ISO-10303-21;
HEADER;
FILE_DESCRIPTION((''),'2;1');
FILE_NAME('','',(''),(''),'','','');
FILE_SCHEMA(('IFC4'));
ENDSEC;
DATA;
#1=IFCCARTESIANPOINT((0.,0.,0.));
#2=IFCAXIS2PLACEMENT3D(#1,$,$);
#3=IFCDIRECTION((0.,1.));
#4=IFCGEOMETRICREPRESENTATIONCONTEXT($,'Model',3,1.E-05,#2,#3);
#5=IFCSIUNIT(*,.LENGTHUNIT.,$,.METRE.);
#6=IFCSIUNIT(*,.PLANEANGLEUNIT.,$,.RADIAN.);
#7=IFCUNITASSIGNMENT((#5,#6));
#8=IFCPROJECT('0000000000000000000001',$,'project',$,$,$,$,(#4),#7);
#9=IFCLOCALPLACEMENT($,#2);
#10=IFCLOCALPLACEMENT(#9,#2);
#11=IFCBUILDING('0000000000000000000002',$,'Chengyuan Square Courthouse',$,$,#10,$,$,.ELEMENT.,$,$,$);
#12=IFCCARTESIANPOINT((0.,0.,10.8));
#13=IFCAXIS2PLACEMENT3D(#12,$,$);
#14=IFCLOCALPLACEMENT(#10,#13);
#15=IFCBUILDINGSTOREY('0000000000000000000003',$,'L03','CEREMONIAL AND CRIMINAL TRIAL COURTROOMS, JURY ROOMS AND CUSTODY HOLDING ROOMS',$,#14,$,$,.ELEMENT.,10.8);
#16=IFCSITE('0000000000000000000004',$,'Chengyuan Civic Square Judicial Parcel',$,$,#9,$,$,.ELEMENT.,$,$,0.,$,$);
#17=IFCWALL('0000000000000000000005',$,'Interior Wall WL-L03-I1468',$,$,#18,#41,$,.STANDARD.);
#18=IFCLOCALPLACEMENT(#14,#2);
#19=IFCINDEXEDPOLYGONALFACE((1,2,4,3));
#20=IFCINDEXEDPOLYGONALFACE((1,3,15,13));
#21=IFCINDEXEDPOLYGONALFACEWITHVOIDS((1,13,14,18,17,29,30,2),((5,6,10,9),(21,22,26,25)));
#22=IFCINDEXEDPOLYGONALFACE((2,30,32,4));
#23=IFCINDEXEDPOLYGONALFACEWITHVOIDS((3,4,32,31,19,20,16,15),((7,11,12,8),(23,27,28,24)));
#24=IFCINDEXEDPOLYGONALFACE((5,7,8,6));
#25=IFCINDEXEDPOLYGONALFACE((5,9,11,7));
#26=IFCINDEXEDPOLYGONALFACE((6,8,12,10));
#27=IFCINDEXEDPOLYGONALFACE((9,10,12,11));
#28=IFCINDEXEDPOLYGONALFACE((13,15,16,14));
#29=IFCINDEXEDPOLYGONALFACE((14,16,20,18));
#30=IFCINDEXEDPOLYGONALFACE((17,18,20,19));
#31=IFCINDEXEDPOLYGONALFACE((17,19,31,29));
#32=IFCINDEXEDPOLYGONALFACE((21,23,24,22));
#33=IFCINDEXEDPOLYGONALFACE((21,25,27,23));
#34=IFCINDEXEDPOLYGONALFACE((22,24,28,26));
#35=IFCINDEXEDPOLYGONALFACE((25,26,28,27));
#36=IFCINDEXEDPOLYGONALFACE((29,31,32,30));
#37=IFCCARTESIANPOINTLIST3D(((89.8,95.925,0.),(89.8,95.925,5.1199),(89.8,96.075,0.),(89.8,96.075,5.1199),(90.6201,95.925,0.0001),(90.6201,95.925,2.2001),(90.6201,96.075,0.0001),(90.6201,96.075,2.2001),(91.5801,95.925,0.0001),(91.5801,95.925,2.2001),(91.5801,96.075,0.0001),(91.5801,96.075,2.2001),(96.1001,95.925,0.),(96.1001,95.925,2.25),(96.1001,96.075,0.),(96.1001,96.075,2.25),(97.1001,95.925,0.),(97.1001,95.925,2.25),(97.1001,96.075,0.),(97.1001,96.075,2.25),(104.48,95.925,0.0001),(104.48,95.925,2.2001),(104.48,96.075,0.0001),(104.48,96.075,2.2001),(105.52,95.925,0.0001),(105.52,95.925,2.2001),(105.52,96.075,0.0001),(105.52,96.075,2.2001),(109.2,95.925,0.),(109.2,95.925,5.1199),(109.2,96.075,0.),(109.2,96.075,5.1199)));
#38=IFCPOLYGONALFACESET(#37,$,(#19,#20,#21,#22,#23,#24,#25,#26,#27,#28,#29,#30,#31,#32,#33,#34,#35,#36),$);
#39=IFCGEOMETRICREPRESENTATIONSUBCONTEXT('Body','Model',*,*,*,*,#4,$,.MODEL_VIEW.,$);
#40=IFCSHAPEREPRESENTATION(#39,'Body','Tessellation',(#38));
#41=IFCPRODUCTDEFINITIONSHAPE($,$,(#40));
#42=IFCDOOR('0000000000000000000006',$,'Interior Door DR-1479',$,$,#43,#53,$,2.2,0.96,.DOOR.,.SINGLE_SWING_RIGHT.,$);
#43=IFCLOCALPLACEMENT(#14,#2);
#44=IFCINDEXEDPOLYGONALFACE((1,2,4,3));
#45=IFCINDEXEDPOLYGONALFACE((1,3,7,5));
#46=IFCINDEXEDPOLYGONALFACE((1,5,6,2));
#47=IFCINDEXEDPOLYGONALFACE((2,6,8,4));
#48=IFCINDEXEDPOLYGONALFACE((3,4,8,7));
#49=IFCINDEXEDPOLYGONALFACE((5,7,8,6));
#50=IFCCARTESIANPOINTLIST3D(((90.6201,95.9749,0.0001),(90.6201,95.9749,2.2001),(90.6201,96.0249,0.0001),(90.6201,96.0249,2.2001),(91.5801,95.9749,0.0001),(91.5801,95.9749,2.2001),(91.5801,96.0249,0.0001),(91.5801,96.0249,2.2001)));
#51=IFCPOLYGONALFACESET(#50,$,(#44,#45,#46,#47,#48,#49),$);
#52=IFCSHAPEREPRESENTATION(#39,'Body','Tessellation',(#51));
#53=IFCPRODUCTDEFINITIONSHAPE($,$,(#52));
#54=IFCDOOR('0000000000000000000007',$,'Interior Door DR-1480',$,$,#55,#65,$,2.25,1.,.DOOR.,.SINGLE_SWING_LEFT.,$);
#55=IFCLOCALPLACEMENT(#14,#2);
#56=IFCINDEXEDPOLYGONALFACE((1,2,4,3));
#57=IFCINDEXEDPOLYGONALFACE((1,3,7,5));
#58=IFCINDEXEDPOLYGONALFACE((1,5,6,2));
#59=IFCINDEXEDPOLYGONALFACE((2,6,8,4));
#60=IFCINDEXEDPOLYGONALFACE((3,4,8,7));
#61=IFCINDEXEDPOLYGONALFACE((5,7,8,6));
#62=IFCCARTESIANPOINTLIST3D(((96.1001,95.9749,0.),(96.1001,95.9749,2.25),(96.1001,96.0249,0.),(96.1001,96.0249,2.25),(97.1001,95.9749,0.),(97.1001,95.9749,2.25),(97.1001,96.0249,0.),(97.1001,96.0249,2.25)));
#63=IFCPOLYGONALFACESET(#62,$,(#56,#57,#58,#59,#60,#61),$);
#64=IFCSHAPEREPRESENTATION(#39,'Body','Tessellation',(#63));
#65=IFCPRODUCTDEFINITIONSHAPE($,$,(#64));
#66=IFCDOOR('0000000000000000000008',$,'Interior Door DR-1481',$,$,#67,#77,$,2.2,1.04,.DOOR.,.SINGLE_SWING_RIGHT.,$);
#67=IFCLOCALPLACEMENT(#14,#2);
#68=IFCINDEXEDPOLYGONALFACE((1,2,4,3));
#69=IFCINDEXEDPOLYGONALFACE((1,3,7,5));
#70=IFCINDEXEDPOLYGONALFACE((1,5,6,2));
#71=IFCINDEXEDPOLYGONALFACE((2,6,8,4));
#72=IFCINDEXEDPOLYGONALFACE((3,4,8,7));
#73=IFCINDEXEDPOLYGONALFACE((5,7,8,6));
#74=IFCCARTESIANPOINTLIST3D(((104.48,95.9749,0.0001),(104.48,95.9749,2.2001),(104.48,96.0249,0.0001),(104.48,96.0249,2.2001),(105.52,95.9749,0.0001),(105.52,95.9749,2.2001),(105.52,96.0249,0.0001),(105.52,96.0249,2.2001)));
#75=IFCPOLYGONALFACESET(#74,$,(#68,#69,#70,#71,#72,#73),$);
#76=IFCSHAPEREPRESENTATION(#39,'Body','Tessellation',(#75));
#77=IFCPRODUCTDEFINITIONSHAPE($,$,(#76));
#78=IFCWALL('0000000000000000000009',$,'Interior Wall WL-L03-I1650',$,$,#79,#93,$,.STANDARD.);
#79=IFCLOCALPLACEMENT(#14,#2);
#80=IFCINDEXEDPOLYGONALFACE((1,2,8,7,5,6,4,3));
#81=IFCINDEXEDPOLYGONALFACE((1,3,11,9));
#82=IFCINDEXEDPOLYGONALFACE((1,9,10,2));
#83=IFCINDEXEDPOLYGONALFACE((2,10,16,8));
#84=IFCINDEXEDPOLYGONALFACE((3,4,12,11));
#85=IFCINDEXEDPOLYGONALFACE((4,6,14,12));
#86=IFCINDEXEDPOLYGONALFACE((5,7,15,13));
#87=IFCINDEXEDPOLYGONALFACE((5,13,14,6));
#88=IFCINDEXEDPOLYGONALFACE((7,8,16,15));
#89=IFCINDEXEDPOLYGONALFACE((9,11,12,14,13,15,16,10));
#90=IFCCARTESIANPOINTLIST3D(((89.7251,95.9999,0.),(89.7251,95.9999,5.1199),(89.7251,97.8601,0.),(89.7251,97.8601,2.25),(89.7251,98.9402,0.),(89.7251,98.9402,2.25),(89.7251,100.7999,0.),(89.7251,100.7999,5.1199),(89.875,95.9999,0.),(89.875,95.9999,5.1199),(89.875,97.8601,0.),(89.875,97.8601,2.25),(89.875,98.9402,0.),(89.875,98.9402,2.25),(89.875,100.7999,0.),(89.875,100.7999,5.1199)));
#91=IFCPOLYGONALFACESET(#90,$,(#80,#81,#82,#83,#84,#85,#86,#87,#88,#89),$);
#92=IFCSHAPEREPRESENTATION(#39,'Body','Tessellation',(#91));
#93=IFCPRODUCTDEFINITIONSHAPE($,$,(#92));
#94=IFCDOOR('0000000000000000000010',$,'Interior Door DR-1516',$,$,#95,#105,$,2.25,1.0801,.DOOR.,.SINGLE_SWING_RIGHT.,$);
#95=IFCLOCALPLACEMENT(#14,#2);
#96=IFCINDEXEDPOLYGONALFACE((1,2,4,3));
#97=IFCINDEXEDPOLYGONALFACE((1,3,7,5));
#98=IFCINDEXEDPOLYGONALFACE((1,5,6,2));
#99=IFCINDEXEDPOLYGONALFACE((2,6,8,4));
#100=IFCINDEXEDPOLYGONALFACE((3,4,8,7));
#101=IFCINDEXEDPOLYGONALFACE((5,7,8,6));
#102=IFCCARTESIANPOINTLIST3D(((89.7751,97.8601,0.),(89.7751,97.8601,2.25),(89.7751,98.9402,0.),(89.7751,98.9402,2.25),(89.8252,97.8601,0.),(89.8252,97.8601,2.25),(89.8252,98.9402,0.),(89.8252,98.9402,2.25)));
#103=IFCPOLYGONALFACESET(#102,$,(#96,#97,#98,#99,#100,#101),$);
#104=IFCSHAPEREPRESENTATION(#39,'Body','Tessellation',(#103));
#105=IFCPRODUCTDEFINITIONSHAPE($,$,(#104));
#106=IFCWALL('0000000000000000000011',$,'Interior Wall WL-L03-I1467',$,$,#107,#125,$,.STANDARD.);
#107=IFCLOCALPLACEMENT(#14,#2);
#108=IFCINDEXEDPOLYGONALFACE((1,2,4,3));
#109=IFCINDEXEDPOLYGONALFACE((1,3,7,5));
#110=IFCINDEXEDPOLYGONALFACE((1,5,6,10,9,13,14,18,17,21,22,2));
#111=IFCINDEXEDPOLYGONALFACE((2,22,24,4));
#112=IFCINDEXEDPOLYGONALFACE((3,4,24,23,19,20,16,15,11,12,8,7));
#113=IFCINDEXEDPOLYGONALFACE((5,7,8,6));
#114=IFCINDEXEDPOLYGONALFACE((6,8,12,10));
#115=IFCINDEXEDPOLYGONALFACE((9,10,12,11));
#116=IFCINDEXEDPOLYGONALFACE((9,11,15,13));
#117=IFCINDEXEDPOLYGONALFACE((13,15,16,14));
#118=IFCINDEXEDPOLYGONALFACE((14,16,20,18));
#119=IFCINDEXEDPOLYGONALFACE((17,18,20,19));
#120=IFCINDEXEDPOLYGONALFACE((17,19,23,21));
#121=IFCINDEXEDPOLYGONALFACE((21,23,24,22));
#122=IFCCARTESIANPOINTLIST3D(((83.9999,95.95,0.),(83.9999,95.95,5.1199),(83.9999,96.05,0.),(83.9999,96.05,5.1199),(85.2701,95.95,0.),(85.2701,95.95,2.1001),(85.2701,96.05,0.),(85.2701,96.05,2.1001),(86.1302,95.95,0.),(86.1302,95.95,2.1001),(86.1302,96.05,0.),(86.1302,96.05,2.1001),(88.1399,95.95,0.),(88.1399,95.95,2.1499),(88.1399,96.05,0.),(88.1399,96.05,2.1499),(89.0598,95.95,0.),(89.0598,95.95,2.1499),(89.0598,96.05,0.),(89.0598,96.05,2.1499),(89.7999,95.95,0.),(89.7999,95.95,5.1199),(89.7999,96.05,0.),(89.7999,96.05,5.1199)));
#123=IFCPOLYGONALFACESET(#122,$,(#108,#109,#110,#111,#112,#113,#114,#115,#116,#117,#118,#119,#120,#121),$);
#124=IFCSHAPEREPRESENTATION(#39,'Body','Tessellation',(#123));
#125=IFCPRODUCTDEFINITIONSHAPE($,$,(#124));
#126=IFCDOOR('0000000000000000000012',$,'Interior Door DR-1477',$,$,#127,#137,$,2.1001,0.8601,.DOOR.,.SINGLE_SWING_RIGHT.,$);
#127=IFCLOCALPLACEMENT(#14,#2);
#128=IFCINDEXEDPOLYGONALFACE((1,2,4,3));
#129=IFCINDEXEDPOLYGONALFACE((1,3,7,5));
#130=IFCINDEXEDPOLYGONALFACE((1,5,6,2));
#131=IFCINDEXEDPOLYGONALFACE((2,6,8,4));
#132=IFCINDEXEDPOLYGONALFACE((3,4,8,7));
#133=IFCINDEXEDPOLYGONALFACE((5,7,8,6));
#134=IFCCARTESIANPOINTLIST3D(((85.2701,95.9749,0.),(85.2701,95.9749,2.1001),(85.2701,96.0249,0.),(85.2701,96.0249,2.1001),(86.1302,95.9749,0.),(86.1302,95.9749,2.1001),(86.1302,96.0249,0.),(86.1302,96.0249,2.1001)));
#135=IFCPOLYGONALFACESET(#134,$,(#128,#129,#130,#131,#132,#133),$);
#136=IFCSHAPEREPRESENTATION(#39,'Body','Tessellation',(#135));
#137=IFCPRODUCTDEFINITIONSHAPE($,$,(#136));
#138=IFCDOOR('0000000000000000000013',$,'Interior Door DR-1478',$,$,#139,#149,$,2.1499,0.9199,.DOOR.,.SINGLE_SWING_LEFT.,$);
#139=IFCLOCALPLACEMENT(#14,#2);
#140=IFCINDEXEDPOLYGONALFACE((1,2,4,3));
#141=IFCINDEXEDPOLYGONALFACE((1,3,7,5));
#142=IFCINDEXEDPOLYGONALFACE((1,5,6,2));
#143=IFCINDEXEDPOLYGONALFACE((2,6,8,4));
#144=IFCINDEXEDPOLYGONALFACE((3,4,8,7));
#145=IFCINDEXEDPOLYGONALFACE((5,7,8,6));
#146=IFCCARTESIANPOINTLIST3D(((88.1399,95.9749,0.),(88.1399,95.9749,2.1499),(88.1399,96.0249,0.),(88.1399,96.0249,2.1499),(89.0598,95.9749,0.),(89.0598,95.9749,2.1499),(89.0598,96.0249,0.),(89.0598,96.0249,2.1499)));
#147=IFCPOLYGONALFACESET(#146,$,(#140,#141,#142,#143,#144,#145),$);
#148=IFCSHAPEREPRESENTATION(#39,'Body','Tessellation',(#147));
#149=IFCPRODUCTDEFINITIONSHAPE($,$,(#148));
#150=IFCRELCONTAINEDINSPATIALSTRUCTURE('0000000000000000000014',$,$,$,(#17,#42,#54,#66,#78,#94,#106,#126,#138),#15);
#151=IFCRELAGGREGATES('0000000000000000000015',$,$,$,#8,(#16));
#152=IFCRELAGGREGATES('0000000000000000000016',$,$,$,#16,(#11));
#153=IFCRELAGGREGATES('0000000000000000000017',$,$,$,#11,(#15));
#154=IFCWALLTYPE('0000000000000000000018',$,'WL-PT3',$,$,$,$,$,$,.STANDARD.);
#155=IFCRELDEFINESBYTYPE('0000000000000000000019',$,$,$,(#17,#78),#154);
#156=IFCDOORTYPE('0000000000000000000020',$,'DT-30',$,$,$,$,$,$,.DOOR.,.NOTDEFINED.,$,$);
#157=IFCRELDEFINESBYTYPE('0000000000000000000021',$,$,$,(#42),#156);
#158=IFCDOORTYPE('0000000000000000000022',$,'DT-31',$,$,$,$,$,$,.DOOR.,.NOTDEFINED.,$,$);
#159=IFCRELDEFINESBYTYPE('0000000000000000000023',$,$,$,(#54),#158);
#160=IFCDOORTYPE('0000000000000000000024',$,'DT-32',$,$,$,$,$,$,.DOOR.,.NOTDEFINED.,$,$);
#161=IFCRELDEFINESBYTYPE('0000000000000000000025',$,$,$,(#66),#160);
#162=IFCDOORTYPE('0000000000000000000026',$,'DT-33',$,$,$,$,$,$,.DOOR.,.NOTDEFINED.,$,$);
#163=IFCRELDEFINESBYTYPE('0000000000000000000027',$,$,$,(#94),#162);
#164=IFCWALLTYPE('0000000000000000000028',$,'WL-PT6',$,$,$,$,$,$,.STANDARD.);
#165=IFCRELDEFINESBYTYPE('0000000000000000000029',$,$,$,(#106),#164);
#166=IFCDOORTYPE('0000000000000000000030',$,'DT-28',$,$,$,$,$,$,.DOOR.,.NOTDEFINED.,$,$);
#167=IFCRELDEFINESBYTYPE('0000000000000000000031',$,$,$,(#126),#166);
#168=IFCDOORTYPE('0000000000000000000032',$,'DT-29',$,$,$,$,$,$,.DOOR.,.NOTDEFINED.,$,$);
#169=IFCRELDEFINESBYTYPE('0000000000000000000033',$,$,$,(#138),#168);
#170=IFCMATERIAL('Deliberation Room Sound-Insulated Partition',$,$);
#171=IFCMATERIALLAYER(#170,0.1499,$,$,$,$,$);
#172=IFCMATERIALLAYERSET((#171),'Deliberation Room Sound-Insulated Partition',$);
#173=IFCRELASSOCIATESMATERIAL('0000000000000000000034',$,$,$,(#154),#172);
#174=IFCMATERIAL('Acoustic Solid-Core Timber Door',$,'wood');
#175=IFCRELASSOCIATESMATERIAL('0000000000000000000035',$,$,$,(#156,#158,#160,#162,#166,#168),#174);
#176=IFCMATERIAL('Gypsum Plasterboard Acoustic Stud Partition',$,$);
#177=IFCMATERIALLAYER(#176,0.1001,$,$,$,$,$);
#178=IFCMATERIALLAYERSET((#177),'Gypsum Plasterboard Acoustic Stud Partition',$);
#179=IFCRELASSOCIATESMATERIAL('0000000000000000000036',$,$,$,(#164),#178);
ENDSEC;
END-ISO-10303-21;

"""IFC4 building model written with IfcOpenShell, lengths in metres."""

from ifc_helpers import new_model, si_unit, direction, frame, frame_2d, origin, place, context, subcontext, project, spatial, rectangle, extrude, material, layer, layer_set, type_object, element, fill, save


model = new_model("IFC4")

# Units and contexts
model_context = context("Model", 3, precision=1e-05, world=origin(), true_north=direction((0.0, 1.0)))
body_context = subcontext(model_context, "Body", "Model", "MODEL_VIEW")
ifc_project = project(units=[si_unit("LENGTHUNIT", "METRE"), si_unit("PLANEANGLEUNIT", "RADIAN")], contexts=[model_context])

# Site, building, storey
site_placement = place(None, origin())
site = spatial("IfcSite", under=ifc_project, at=site_placement, Name="Chengyuan Civic Square Judicial Parcel", CompositionType="ELEMENT", RefElevation=0.0)
building_placement = place(site_placement, origin())
building = spatial("IfcBuilding", under=site, at=building_placement, Name="Chengyuan Square Courthouse", CompositionType="ELEMENT")
storey_placement = place(building_placement, frame((0.0, 0.0, 10.8)))
storey = spatial("IfcBuildingStorey", under=building, at=storey_placement, Name="L03", Description="CEREMONIAL AND CRIMINAL TRIAL COURTROOMS, JURY ROOMS AND CUSTODY HOLDING ROOMS", CompositionType="ELEMENT", Elevation=10.8)

# Wall, openings, doors
ifc_material_1 = material(Name="Deliberation Room Sound-Insulated Partition")
ifc_layer_1 = layer(ifc_material_1, 0.1499)
ifc_layer_set_1 = layer_set([ifc_layer_1], Name="Deliberation Room Sound-Insulated Partition")
wall_type_1 = type_object("IfcWallType", Name="WL-PT3", PredefinedType="STANDARD", material=ifc_layer_set_1)
wall_1_placement = place(storey_placement, frame((89.8, 96.0, 0.0), z_axis=(0.0, 0.0, 1.0), x_axis=(1.0, 0.0, 0.0)))
wall_1 = element("IfcWall", 1, at=wall_1_placement, inside=storey, type_object=wall_type_1, Name="Interior Wall WL-L03-I1468", PredefinedType="STANDARD", context=body_context, shape_type="SweptSolid", body=[
    extrude(rectangle(XDim=19.3999, YDim=0.1499, at=frame_2d((9.7, 0.0))), origin(), (0.0, 0.0, 1.0), 5.1199),
])
opening_1_placement = place(wall_1_placement, frame((0.8201, 0.0, 0.0)))
opening_1 = element("IfcOpeningElement", 2, at=opening_1_placement, cuts=wall_1, PredefinedType="OPENING", context=body_context, shape_type="SweptSolid", body=[
    extrude(rectangle(XDim=0.96, YDim=2.2, at=frame_2d((0.48, 1.1001))), frame((0.0, 0.0869, 0.0), z_axis=(0.0, -1.0, 0.0), x_axis=(1.0, 0.0, 0.0)), (0.0, 0.0, 1.0), 0.1738),
])
opening_2_placement = place(wall_1_placement, frame((6.3, 0.0, 0.0)))
opening_2 = element("IfcOpeningElement", 3, at=opening_2_placement, cuts=wall_1, PredefinedType="OPENING", context=body_context, shape_type="SweptSolid", body=[
    extrude(rectangle(XDim=1.0, YDim=2.25, at=frame_2d((0.5, 1.125))), frame((0.0, 0.0869, 0.0), z_axis=(0.0, -1.0, 0.0), x_axis=(1.0, 0.0, 0.0)), (0.0, 0.0, 1.0), 0.1738),
])
opening_3_placement = place(wall_1_placement, frame((14.6799, 0.0, 0.0)))
opening_3 = element("IfcOpeningElement", 4, at=opening_3_placement, cuts=wall_1, PredefinedType="OPENING", context=body_context, shape_type="SweptSolid", body=[
    extrude(rectangle(XDim=1.04, YDim=2.2, at=frame_2d((0.52, 1.1001))), frame((0.0, 0.0869, 0.0), z_axis=(0.0, -1.0, 0.0), x_axis=(1.0, 0.0, 0.0)), (0.0, 0.0, 1.0), 0.1738),
])
ifc_material_2 = material(Name="Acoustic Solid-Core Timber Door", Category="wood")
door_type_1 = type_object("IfcDoorType", Name="DT-30", OperationType="NOTDEFINED", PredefinedType="DOOR", material=ifc_material_2)
door_1_placement = place(opening_1_placement, origin())
door_1 = element("IfcDoor", 5, at=door_1_placement, inside=storey, type_object=door_type_1, Name="Interior Door DR-1479", OperationType="SINGLE_SWING_RIGHT", OverallHeight=2.2, OverallWidth=0.96, PredefinedType="DOOR", context=body_context, shape_type="SweptSolid", body=[
    extrude(rectangle(XDim=0.96, YDim=2.2, at=frame_2d((0.48, 1.1001))), frame((0.0, 0.0249, 0.0), z_axis=(0.0, -1.0, 0.0), x_axis=(1.0, 0.0, 0.0)), (0.0, 0.0, 1.0), 0.05),
])
fill(opening_1, door_1)
door_type_2 = type_object("IfcDoorType", Name="DT-31", OperationType="NOTDEFINED", PredefinedType="DOOR", material=ifc_material_2)
door_2_placement = place(opening_2_placement, origin())
door_2 = element("IfcDoor", 6, at=door_2_placement, inside=storey, type_object=door_type_2, Name="Interior Door DR-1480", OperationType="SINGLE_SWING_LEFT", OverallHeight=2.25, OverallWidth=1.0, PredefinedType="DOOR", context=body_context, shape_type="SweptSolid", body=[
    extrude(rectangle(XDim=1.0, YDim=2.25, at=frame_2d((0.5, 1.125))), frame((0.0, 0.0249, 0.0), z_axis=(0.0, -1.0, 0.0), x_axis=(1.0, 0.0, 0.0)), (0.0, 0.0, 1.0), 0.05),
])
fill(opening_2, door_2)
door_type_3 = type_object("IfcDoorType", Name="DT-32", OperationType="NOTDEFINED", PredefinedType="DOOR", material=ifc_material_2)
door_3_placement = place(opening_3_placement, origin())
door_3 = element("IfcDoor", 7, at=door_3_placement, inside=storey, type_object=door_type_3, Name="Interior Door DR-1481", OperationType="SINGLE_SWING_RIGHT", OverallHeight=2.2, OverallWidth=1.04, PredefinedType="DOOR", context=body_context, shape_type="SweptSolid", body=[
    extrude(rectangle(XDim=1.04, YDim=2.2, at=frame_2d((0.52, 1.1001))), frame((0.0, 0.0249, 0.0), z_axis=(0.0, -1.0, 0.0), x_axis=(1.0, 0.0, 0.0)), (0.0, 0.0, 1.0), 0.05),
])
fill(opening_3, door_3)

# Wall, opening, door
wall_2_placement = place(storey_placement, frame((89.8, 96.0, 0.0), z_axis=(0.0, 0.0, 1.0), x_axis=(0.0, 1.0, 0.0)))
wall_2 = element("IfcWall", 8, at=wall_2_placement, inside=storey, type_object=wall_type_1, Name="Interior Wall WL-L03-I1650", PredefinedType="STANDARD", context=body_context, shape_type="SweptSolid", body=[
    extrude(rectangle(XDim=4.8, YDim=0.1499, at=frame_2d((2.3999, 0.0))), origin(), (0.0, 0.0, 1.0), 5.1199),
])
opening_4_placement = place(wall_2_placement, frame((1.8601, 0.0, 0.0)))
opening_4 = element("IfcOpeningElement", 9, at=opening_4_placement, cuts=wall_2, PredefinedType="OPENING", context=body_context, shape_type="SweptSolid", body=[
    extrude(rectangle(XDim=1.0801, YDim=2.25, at=frame_2d((0.54, 1.125))), frame((0.0, 0.0869, 0.0), z_axis=(0.0, -1.0, 0.0), x_axis=(1.0, 0.0, 0.0)), (0.0, 0.0, 1.0), 0.1738),
])
door_type_4 = type_object("IfcDoorType", Name="DT-33", OperationType="NOTDEFINED", PredefinedType="DOOR", material=ifc_material_2)
door_4_placement = place(opening_4_placement, origin())
door_4 = element("IfcDoor", 10, at=door_4_placement, inside=storey, type_object=door_type_4, Name="Interior Door DR-1516", OperationType="SINGLE_SWING_RIGHT", OverallHeight=2.25, OverallWidth=1.0801, PredefinedType="DOOR", context=body_context, shape_type="SweptSolid", body=[
    extrude(rectangle(XDim=1.0801, YDim=2.25, at=frame_2d((0.54, 1.125))), frame((0.0, 0.0249, 0.0), z_axis=(0.0, -1.0, 0.0), x_axis=(1.0, 0.0, 0.0)), (0.0, 0.0, 1.0), 0.05),
])
fill(opening_4, door_4)

# Wall, openings, doors
ifc_material_3 = material(Name="Gypsum Plasterboard Acoustic Stud Partition")
ifc_layer_2 = layer(ifc_material_3, 0.1001)
ifc_layer_set_2 = layer_set([ifc_layer_2], Name="Gypsum Plasterboard Acoustic Stud Partition")
wall_type_2 = type_object("IfcWallType", Name="WL-PT6", PredefinedType="STANDARD", material=ifc_layer_set_2)
wall_3_placement = place(storey_placement, frame((84.0, 96.0, 0.0), z_axis=(0.0, 0.0, 1.0), x_axis=(1.0, 0.0, 0.0)))
wall_3 = element("IfcWall", 11, at=wall_3_placement, inside=storey, type_object=wall_type_2, Name="Interior Wall WL-L03-I1467", PredefinedType="STANDARD", context=body_context, shape_type="SweptSolid", body=[
    extrude(rectangle(XDim=5.8, YDim=0.1001, at=frame_2d((2.8999, 0.0))), origin(), (0.0, 0.0, 1.0), 5.1199),
])
opening_5_placement = place(wall_3_placement, frame((1.27, 0.0, 0.0)))
opening_5 = element("IfcOpeningElement", 12, at=opening_5_placement, cuts=wall_3, PredefinedType="OPENING", context=body_context, shape_type="SweptSolid", body=[
    extrude(rectangle(XDim=0.8601, YDim=2.1001, at=frame_2d((0.4302, 1.05))), frame((0.0, 0.062, 0.0), z_axis=(0.0, -1.0, 0.0), x_axis=(1.0, 0.0, 0.0)), (0.0, 0.0, 1.0), 0.124),
])
opening_6_placement = place(wall_3_placement, frame((4.1399, 0.0, 0.0)))
opening_6 = element("IfcOpeningElement", 13, at=opening_6_placement, cuts=wall_3, PredefinedType="OPENING", context=body_context, shape_type="SweptSolid", body=[
    extrude(rectangle(XDim=0.9199, YDim=2.1499, at=frame_2d((0.46, 1.075))), frame((0.0, 0.062, 0.0), z_axis=(0.0, -1.0, 0.0), x_axis=(1.0, 0.0, 0.0)), (0.0, 0.0, 1.0), 0.124),
])
door_type_5 = type_object("IfcDoorType", Name="DT-28", OperationType="NOTDEFINED", PredefinedType="DOOR", material=ifc_material_2)
door_5_placement = place(opening_5_placement, origin())
door_5 = element("IfcDoor", 14, at=door_5_placement, inside=storey, type_object=door_type_5, Name="Interior Door DR-1477", OperationType="SINGLE_SWING_RIGHT", OverallHeight=2.1001, OverallWidth=0.8601, PredefinedType="DOOR", context=body_context, shape_type="SweptSolid", body=[
    extrude(rectangle(XDim=0.8601, YDim=2.1001, at=frame_2d((0.4302, 1.05))), frame((0.0, 0.0249, 0.0), z_axis=(0.0, -1.0, 0.0), x_axis=(1.0, 0.0, 0.0)), (0.0, 0.0, 1.0), 0.05),
])
fill(opening_5, door_5)
door_type_6 = type_object("IfcDoorType", Name="DT-29", OperationType="NOTDEFINED", PredefinedType="DOOR", material=ifc_material_2)
door_6_placement = place(opening_6_placement, origin())
door_6 = element("IfcDoor", 15, at=door_6_placement, inside=storey, type_object=door_type_6, Name="Interior Door DR-1478", OperationType="SINGLE_SWING_LEFT", OverallHeight=2.1499, OverallWidth=0.9199, PredefinedType="DOOR", context=body_context, shape_type="SweptSolid", body=[
    extrude(rectangle(XDim=0.9199, YDim=2.1499, at=frame_2d((0.46, 1.075))), frame((0.0, 0.0249, 0.0), z_axis=(0.0, -1.0, 0.0), x_axis=(1.0, 0.0, 0.0)), (0.0, 0.0, 1.0), 0.05),
])
fill(opening_6, door_6)

save(model, "model.ifc")
